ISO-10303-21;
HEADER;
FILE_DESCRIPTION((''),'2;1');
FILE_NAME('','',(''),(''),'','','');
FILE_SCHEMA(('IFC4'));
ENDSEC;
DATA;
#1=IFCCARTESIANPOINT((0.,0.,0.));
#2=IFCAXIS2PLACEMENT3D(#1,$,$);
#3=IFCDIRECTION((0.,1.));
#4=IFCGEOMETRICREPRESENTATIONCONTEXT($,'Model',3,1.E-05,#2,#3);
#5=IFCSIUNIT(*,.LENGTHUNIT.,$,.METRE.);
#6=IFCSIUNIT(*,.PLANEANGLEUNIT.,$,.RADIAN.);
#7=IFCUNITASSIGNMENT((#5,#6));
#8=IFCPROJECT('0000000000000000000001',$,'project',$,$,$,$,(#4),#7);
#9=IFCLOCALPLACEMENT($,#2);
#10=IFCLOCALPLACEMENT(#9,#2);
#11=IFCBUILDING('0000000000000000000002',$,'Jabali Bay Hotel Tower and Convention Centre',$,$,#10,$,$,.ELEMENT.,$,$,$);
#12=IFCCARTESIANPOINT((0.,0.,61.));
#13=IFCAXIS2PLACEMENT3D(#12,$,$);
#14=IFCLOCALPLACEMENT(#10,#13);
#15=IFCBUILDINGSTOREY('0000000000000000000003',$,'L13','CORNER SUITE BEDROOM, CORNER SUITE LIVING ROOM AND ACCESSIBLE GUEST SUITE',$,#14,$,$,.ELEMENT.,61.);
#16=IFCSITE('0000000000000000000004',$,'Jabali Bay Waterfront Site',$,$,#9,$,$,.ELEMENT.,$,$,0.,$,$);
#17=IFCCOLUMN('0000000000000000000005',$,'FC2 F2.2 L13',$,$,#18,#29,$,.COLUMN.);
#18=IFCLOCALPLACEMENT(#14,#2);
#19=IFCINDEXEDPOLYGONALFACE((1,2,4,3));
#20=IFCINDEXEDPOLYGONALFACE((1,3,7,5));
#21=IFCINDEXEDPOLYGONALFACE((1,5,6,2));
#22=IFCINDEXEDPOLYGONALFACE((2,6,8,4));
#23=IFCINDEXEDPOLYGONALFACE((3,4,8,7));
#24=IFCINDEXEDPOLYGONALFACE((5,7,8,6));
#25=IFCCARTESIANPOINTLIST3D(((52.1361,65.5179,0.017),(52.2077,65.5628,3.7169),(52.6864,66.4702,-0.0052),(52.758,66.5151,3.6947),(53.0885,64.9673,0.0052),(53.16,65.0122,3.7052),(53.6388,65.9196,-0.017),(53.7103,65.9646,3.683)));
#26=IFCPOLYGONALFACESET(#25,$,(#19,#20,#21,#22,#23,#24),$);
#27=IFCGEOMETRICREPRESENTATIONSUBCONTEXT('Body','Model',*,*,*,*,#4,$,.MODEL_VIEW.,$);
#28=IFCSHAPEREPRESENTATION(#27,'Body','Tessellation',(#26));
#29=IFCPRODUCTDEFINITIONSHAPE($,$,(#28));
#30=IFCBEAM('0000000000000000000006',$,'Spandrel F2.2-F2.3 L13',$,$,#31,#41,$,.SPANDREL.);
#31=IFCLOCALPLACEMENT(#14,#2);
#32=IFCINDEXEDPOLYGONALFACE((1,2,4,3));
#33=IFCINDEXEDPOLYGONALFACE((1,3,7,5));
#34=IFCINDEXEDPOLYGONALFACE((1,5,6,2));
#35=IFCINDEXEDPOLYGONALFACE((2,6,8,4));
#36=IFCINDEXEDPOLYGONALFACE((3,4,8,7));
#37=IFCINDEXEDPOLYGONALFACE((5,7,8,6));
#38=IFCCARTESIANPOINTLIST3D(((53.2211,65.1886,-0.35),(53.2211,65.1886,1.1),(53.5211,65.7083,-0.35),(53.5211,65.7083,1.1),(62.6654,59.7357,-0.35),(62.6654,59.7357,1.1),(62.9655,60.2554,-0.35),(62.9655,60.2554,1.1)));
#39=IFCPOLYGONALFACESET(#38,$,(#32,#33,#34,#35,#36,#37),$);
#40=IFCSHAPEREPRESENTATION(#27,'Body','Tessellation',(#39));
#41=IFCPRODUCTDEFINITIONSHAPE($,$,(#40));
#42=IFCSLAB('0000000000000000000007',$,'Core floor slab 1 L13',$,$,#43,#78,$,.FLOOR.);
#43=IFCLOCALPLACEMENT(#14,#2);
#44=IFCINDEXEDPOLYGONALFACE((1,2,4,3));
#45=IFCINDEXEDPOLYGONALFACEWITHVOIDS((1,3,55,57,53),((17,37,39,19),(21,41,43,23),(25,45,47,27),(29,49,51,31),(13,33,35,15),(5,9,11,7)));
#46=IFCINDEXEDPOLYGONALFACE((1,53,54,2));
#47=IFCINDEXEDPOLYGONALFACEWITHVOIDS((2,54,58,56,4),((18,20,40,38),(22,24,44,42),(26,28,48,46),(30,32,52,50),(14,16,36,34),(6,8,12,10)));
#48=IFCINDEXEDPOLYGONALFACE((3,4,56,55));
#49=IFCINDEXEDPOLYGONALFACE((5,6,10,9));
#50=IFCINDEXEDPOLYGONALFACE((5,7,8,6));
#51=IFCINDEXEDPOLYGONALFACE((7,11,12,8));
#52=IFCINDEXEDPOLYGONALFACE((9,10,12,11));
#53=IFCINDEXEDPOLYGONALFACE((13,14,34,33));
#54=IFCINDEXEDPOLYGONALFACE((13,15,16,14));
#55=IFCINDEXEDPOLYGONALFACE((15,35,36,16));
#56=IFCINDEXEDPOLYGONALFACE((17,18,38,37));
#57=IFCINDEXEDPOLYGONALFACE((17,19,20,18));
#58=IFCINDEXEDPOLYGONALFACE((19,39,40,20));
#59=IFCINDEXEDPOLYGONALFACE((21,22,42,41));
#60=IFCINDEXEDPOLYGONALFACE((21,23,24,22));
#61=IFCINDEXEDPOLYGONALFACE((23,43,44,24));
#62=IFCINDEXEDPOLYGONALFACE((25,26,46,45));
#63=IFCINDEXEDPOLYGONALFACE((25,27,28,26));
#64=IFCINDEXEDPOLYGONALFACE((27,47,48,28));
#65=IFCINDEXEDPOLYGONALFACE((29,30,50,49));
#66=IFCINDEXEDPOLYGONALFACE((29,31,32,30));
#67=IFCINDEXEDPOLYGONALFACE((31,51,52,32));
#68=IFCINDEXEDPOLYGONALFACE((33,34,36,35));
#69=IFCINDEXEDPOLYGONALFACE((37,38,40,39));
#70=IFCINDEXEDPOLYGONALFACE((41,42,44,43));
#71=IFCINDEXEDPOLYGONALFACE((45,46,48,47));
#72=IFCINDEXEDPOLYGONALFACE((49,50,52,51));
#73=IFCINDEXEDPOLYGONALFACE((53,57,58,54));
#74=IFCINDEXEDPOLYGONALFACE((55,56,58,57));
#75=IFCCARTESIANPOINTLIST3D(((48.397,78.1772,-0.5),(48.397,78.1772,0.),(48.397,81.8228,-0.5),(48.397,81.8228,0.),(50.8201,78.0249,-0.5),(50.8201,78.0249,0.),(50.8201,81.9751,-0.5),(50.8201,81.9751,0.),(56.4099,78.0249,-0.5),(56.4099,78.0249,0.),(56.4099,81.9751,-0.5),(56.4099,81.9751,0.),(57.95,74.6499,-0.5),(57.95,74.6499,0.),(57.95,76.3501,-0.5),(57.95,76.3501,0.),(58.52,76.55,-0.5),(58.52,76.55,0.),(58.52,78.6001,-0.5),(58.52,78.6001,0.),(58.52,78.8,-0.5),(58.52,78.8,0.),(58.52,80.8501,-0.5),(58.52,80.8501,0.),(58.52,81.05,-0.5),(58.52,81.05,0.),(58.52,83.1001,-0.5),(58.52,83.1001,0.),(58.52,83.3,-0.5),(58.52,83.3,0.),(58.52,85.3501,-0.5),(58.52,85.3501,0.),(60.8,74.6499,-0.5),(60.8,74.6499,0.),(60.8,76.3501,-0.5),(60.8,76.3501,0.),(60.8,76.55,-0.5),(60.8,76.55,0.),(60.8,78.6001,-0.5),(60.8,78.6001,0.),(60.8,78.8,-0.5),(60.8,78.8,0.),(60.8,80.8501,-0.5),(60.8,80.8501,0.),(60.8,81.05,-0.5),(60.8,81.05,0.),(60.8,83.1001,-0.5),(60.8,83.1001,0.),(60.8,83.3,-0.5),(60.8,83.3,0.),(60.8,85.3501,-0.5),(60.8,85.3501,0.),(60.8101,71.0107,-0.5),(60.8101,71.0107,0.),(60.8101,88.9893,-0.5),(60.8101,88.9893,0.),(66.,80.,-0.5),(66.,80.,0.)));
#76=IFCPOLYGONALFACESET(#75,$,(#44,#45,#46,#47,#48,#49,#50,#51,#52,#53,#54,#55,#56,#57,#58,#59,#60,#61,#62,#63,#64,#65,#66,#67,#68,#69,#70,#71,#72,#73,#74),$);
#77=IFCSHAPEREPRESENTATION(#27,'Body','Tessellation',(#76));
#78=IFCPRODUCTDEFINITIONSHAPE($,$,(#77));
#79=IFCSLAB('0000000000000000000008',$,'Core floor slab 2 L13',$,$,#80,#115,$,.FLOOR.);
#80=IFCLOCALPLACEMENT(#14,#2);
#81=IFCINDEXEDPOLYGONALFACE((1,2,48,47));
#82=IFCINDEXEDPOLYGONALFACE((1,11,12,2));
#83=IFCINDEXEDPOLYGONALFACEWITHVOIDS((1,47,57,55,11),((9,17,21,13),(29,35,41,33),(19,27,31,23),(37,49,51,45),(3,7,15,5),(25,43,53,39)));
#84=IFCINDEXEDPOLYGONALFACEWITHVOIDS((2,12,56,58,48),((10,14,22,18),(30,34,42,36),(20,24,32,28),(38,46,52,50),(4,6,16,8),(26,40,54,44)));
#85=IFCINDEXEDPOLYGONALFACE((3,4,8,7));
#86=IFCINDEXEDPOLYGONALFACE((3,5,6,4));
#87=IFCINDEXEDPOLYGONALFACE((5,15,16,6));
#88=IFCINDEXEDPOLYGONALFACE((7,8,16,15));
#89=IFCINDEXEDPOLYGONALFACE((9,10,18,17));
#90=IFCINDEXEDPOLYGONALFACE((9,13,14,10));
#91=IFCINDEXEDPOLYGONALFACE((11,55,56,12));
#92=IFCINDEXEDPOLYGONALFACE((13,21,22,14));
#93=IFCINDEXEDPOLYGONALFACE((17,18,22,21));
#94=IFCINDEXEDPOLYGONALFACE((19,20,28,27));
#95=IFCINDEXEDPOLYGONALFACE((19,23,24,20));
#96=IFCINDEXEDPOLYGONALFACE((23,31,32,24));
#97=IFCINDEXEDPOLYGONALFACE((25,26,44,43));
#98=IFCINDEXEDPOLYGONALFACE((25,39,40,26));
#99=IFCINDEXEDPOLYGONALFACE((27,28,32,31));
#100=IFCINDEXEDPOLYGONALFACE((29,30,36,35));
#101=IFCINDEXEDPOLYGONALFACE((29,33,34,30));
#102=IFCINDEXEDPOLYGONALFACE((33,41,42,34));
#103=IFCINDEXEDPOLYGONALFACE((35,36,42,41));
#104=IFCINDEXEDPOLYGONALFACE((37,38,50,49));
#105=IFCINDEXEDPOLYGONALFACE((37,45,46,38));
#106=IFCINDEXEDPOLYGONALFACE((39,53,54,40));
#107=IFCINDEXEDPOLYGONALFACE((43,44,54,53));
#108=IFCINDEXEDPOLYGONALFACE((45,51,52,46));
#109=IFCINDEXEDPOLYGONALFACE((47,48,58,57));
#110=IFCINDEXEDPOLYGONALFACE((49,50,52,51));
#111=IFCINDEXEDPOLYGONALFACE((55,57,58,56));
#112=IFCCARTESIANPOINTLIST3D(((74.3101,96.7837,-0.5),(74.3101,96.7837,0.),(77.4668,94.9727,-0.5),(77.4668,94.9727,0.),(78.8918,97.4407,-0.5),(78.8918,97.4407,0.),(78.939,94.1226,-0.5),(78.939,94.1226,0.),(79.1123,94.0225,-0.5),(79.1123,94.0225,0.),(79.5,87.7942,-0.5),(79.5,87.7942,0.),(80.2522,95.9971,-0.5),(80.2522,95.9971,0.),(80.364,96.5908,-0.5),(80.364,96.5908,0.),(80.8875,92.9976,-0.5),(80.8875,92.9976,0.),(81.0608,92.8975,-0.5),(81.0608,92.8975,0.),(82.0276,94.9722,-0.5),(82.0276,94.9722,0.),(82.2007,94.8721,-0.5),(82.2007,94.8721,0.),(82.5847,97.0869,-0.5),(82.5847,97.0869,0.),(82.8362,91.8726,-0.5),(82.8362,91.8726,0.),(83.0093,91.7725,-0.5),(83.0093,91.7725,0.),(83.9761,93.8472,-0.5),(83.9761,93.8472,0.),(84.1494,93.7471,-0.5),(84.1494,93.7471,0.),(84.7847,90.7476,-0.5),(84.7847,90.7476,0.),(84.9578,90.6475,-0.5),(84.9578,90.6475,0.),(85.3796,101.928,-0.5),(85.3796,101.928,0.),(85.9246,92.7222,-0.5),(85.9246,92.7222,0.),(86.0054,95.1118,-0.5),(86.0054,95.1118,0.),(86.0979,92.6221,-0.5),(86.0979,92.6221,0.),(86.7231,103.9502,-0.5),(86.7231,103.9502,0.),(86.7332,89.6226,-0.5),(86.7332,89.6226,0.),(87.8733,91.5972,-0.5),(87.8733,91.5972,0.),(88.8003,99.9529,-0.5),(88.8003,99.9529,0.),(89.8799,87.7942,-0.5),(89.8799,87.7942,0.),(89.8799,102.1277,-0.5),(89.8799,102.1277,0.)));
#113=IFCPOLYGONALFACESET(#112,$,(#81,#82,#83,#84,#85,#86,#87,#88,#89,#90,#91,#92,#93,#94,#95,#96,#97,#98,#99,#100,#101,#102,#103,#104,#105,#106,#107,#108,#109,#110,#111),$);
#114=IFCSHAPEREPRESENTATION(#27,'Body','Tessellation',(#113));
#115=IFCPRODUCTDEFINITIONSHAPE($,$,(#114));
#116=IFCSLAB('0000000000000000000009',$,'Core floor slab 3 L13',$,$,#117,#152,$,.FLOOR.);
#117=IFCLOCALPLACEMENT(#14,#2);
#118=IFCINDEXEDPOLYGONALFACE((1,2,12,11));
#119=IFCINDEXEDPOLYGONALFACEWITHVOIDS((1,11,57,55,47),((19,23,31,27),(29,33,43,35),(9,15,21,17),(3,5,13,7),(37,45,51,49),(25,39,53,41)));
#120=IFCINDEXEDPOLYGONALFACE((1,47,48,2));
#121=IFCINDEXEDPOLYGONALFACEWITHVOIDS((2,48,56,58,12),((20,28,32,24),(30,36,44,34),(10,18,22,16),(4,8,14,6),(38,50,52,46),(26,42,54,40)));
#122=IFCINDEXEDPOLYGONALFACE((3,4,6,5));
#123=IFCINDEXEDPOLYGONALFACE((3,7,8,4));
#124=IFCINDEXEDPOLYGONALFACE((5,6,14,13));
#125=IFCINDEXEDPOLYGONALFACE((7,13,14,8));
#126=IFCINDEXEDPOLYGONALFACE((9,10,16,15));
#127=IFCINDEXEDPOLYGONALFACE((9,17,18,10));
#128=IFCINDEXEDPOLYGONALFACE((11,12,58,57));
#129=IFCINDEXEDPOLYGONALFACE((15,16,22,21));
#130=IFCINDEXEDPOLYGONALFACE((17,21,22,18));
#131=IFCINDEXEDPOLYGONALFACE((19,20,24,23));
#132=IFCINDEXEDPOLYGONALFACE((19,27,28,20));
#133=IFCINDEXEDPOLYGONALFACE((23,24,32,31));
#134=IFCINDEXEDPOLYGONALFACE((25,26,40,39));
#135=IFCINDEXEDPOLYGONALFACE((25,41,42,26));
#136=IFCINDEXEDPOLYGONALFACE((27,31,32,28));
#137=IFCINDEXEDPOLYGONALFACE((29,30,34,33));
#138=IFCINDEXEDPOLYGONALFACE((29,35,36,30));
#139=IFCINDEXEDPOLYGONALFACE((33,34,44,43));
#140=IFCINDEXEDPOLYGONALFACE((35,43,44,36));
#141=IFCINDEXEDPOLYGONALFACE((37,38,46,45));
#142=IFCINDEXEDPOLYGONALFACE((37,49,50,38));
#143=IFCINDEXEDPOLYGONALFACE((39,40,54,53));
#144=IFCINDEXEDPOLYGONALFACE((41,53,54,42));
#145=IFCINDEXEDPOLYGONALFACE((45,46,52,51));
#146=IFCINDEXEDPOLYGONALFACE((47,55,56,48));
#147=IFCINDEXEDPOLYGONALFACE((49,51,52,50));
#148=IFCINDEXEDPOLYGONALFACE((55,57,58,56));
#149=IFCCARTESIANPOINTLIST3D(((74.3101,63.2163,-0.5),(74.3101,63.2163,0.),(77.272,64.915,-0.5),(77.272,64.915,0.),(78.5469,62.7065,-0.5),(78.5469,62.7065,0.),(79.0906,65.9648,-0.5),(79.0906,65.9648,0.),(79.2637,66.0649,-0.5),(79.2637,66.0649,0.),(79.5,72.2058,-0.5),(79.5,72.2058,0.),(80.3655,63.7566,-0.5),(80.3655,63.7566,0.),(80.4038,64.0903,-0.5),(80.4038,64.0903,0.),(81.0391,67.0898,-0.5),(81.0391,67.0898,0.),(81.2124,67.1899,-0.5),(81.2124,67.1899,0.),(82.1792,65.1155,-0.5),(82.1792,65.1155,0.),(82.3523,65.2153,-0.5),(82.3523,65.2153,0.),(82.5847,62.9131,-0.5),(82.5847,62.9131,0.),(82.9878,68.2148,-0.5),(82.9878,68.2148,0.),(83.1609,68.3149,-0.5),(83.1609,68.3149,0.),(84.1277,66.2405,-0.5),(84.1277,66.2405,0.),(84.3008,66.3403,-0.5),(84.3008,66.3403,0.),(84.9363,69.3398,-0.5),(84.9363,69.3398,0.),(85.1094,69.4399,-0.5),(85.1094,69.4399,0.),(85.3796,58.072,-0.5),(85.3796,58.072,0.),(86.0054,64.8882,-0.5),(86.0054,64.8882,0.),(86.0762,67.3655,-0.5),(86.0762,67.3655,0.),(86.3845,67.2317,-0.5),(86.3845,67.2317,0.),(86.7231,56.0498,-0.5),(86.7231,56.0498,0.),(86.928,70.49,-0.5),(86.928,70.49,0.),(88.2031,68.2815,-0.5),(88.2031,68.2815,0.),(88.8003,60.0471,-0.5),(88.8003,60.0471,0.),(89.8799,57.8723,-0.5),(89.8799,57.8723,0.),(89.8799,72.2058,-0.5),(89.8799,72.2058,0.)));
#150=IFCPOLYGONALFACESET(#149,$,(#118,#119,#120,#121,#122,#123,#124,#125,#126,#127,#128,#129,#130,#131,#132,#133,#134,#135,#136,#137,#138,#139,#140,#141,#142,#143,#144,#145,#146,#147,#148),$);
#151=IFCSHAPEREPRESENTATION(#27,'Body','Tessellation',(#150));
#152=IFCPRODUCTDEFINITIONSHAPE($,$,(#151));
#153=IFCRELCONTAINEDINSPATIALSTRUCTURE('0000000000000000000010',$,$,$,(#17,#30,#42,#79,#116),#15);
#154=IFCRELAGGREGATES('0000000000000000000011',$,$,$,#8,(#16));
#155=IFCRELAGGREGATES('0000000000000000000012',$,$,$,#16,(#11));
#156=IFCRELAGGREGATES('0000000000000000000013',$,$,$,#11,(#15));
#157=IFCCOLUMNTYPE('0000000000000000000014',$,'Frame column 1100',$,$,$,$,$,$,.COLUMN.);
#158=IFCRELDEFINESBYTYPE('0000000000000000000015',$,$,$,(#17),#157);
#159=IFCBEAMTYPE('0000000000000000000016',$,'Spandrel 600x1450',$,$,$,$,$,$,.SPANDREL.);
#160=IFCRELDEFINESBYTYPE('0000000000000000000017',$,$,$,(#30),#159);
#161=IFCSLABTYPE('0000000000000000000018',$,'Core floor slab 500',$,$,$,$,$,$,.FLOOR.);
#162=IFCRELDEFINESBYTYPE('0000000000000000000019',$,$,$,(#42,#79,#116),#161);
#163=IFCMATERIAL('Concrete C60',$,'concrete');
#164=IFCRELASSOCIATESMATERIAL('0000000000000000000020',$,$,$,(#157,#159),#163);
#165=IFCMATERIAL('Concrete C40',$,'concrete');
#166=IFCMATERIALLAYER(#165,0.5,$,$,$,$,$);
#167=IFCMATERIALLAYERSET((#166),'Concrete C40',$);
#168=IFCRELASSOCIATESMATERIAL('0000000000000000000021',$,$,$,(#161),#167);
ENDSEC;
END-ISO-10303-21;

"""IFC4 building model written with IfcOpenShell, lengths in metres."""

from ifc_helpers import new_model, si_unit, direction, frame, origin, origin_2d, place, context, subcontext, project, spatial, polyline, rectangle, outline, extrude, material, layer, layer_set, material_profile, profile_set, type_object, element, save


model = new_model("IFC4")

# Units and contexts
model_context = context("Model", 3, precision=1e-05, world=origin(), true_north=direction((0.0, 1.0)))
body_context = subcontext(model_context, "Body", "Model", "MODEL_VIEW")
ifc_project = project(units=[si_unit("LENGTHUNIT", "METRE"), si_unit("PLANEANGLEUNIT", "RADIAN")], contexts=[model_context])

# Site, building, storey
site_placement = place(None, origin())
site = spatial("IfcSite", under=ifc_project, at=site_placement, Name="Jabali Bay Waterfront Site", CompositionType="ELEMENT", RefElevation=0.0)
building_placement = place(site_placement, origin())
building = spatial("IfcBuilding", under=site, at=building_placement, Name="Jabali Bay Hotel Tower and Convention Centre", CompositionType="ELEMENT")
storey_placement = place(building_placement, frame((0.0, 0.0, 61.0)))
storey = spatial("IfcBuildingStorey", under=building, at=storey_placement, Name="L13", Description="CORNER SUITE BEDROOM, CORNER SUITE LIVING ROOM AND ACCESSIBLE GUEST SUITE", CompositionType="ELEMENT", Elevation=61.0)

# Column
ifc_material_1 = material(Name="Concrete C60", Category="concrete")
ifc_material_profile_1 = material_profile(ifc_material_1, rectangle(XDim=1.1001, YDim=1.1001, at=origin_2d()), Name="Frame column 1100")
ifc_profile_set_1 = profile_set([ifc_material_profile_1], Name="Concrete C60")
column_type = type_object("IfcColumnType", Name="Frame column 1100", PredefinedType="COLUMN", material=ifc_profile_set_1)
column_placement = place(storey_placement, frame((52.8875, 65.7188, 0.0), z_axis=(0.019329, 0.012138, 0.99974), x_axis=(-0.865689, 0.500469, 0.010661)))
element("IfcColumn", 1, at=column_placement, inside=storey, type_object=column_type, Name="FC2 F2.2 L13", PredefinedType="COLUMN", context=body_context, shape_type="SweptSolid", body=[
    extrude(rectangle(XDim=1.1001, YDim=1.1001, at=origin_2d()), origin(), (0.0, 0.0, 1.0), 3.7009),
])

# Beam
ifc_material_profile_2 = material_profile(ifc_material_1, rectangle(XDim=0.6001, YDim=1.45, at=origin_2d()), Name="Spandrel 600x1450")
ifc_profile_set_2 = profile_set([ifc_material_profile_2], Name="Concrete C60")
beam_type = type_object("IfcBeamType", Name="Spandrel 600x1450", PredefinedType="SPANDREL", material=ifc_profile_set_2)
beam_placement = place(storey_placement, frame((53.3711, 65.4485, 0.375), z_axis=(0.866018, -0.500013, 0.0), x_axis=(0.500013, 0.866018, 0.0)))
element("IfcBeam", 2, at=beam_placement, inside=storey, type_object=beam_type, Name="Spandrel F2.2-F2.3 L13", PredefinedType="SPANDREL", context=body_context, shape_type="SweptSolid", body=[
    extrude(rectangle(XDim=0.6001, YDim=1.45, at=origin_2d()), origin(), (0.0, 0.0, 1.0), 10.9055),
])

# Slabs
ifc_material_2 = material(Name="Concrete C40", Category="concrete")
ifc_layer_1 = layer(ifc_material_2, 0.5)
ifc_layer_set_1 = layer_set([ifc_layer_1], Name="Concrete C40")
slab_type_1 = type_object("IfcSlabType", Name="Core floor slab 500", PredefinedType="FLOOR", material=ifc_layer_set_1)
slab_1_placement = place(storey_placement, frame((0.0, 0.0, -0.5)))
element("IfcSlab", 3, at=slab_1_placement, inside=storey, type_object=slab_type_1, Name="Core floor slab 1 L13", PredefinedType="FLOOR", context=body_context, shape_type="SweptSolid", body=[
    extrude(outline(polyline([(66.0, 80.0), (60.8101, 88.9893), (48.397, 81.8228), (48.397, 78.1772), (60.8101, 71.0107), (66.0, 80.0)]), holes=[polyline([(60.8, 74.6499), (60.8, 76.3501), (57.95, 76.3501), (57.95, 74.6499), (60.8, 74.6499)]), polyline([(58.52, 76.55), (60.8, 76.55), (60.8, 78.6001), (58.52, 78.6001), (58.52, 76.55)]), polyline([(58.52, 78.8), (60.8, 78.8), (60.8, 80.8501), (58.52, 80.8501), (58.52, 78.8)]), polyline([(56.4099, 81.9751), (50.8201, 81.9751), (50.8201, 78.0249), (56.4099, 78.0249), (56.4099, 81.9751)]), polyline([(58.52, 81.05), (60.8, 81.05), (60.8, 83.1001), (58.52, 83.1001), (58.52, 81.05)]), polyline([(58.52, 83.3), (60.8, 83.3), (60.8, 85.3501), (58.52, 85.3501), (58.52, 83.3)])]), origin(), (0.0, 0.0, 1.0), 0.5),
])
slab_2_placement = place(storey_placement, frame((0.0, 0.0, -0.5)))
element("IfcSlab", 4, at=slab_2_placement, inside=storey, type_object=slab_type_1, Name="Core floor slab 2 L13", PredefinedType="FLOOR", context=body_context, shape_type="SweptSolid", body=[
    extrude(outline(polyline([(79.5, 87.7942), (89.8799, 87.7942), (89.8799, 102.1277), (86.7231, 103.9502), (74.3101, 96.7837), (79.5, 87.7942)]), holes=[polyline([(84.9578, 90.6475), (86.7332, 89.6226), (87.8733, 91.5972), (86.0979, 92.6221), (84.9578, 90.6475)]), polyline([(84.1494, 93.7471), (83.0093, 91.7725), (84.7847, 90.7476), (85.9246, 92.7222), (84.1494, 93.7471)]), polyline([(82.2007, 94.8721), (81.0608, 92.8975), (82.8362, 91.8726), (83.9761, 93.8472), (82.2007, 94.8721)]), polyline([(79.1123, 94.0225), (80.8875, 92.9976), (82.0276, 94.9722), (80.2522, 95.9971), (79.1123, 94.0225)]), polyline([(78.8918, 97.4407), (77.4668, 94.9727), (78.939, 94.1226), (80.364, 96.5908), (78.8918, 97.4407)]), polyline([(82.5847, 97.0869), (86.0054, 95.1118), (88.8003, 99.9529), (85.3796, 101.928), (82.5847, 97.0869)])]), origin(), (0.0, 0.0, 1.0), 0.5),
])
slab_3_placement = place(storey_placement, frame((0.0, 0.0, -0.5)))
element("IfcSlab", 5, at=slab_3_placement, inside=storey, type_object=slab_type_1, Name="Core floor slab 3 L13", PredefinedType="FLOOR", context=body_context, shape_type="SweptSolid", body=[
    extrude(outline(polyline([(79.5, 72.2058), (74.3101, 63.2163), (86.7231, 56.0498), (89.8799, 57.8723), (89.8799, 72.2058), (79.5, 72.2058)]), holes=[polyline([(82.5847, 62.9131), (85.3796, 58.072), (88.8003, 60.0471), (86.0054, 64.8882), (82.5847, 62.9131)]), polyline([(80.3655, 63.7566), (79.0906, 65.9648), (77.272, 64.915), (78.5469, 62.7065), (80.3655, 63.7566)]), polyline([(82.1792, 65.1155), (81.0391, 67.0898), (79.2637, 66.0649), (80.4038, 64.0903), (82.1792, 65.1155)]), polyline([(82.9878, 68.2148), (81.2124, 67.1899), (82.3523, 65.2153), (84.1277, 66.2405), (82.9878, 68.2148)]), polyline([(86.0762, 67.3655), (84.9363, 69.3398), (83.1609, 68.3149), (84.3008, 66.3403), (86.0762, 67.3655)]), polyline([(88.2031, 68.2815), (86.928, 70.49), (85.1094, 69.4399), (86.3845, 67.2317), (88.2031, 68.2815)])]), origin(), (0.0, 0.0, 1.0), 0.5),
])

save(model, "model.ifc")
